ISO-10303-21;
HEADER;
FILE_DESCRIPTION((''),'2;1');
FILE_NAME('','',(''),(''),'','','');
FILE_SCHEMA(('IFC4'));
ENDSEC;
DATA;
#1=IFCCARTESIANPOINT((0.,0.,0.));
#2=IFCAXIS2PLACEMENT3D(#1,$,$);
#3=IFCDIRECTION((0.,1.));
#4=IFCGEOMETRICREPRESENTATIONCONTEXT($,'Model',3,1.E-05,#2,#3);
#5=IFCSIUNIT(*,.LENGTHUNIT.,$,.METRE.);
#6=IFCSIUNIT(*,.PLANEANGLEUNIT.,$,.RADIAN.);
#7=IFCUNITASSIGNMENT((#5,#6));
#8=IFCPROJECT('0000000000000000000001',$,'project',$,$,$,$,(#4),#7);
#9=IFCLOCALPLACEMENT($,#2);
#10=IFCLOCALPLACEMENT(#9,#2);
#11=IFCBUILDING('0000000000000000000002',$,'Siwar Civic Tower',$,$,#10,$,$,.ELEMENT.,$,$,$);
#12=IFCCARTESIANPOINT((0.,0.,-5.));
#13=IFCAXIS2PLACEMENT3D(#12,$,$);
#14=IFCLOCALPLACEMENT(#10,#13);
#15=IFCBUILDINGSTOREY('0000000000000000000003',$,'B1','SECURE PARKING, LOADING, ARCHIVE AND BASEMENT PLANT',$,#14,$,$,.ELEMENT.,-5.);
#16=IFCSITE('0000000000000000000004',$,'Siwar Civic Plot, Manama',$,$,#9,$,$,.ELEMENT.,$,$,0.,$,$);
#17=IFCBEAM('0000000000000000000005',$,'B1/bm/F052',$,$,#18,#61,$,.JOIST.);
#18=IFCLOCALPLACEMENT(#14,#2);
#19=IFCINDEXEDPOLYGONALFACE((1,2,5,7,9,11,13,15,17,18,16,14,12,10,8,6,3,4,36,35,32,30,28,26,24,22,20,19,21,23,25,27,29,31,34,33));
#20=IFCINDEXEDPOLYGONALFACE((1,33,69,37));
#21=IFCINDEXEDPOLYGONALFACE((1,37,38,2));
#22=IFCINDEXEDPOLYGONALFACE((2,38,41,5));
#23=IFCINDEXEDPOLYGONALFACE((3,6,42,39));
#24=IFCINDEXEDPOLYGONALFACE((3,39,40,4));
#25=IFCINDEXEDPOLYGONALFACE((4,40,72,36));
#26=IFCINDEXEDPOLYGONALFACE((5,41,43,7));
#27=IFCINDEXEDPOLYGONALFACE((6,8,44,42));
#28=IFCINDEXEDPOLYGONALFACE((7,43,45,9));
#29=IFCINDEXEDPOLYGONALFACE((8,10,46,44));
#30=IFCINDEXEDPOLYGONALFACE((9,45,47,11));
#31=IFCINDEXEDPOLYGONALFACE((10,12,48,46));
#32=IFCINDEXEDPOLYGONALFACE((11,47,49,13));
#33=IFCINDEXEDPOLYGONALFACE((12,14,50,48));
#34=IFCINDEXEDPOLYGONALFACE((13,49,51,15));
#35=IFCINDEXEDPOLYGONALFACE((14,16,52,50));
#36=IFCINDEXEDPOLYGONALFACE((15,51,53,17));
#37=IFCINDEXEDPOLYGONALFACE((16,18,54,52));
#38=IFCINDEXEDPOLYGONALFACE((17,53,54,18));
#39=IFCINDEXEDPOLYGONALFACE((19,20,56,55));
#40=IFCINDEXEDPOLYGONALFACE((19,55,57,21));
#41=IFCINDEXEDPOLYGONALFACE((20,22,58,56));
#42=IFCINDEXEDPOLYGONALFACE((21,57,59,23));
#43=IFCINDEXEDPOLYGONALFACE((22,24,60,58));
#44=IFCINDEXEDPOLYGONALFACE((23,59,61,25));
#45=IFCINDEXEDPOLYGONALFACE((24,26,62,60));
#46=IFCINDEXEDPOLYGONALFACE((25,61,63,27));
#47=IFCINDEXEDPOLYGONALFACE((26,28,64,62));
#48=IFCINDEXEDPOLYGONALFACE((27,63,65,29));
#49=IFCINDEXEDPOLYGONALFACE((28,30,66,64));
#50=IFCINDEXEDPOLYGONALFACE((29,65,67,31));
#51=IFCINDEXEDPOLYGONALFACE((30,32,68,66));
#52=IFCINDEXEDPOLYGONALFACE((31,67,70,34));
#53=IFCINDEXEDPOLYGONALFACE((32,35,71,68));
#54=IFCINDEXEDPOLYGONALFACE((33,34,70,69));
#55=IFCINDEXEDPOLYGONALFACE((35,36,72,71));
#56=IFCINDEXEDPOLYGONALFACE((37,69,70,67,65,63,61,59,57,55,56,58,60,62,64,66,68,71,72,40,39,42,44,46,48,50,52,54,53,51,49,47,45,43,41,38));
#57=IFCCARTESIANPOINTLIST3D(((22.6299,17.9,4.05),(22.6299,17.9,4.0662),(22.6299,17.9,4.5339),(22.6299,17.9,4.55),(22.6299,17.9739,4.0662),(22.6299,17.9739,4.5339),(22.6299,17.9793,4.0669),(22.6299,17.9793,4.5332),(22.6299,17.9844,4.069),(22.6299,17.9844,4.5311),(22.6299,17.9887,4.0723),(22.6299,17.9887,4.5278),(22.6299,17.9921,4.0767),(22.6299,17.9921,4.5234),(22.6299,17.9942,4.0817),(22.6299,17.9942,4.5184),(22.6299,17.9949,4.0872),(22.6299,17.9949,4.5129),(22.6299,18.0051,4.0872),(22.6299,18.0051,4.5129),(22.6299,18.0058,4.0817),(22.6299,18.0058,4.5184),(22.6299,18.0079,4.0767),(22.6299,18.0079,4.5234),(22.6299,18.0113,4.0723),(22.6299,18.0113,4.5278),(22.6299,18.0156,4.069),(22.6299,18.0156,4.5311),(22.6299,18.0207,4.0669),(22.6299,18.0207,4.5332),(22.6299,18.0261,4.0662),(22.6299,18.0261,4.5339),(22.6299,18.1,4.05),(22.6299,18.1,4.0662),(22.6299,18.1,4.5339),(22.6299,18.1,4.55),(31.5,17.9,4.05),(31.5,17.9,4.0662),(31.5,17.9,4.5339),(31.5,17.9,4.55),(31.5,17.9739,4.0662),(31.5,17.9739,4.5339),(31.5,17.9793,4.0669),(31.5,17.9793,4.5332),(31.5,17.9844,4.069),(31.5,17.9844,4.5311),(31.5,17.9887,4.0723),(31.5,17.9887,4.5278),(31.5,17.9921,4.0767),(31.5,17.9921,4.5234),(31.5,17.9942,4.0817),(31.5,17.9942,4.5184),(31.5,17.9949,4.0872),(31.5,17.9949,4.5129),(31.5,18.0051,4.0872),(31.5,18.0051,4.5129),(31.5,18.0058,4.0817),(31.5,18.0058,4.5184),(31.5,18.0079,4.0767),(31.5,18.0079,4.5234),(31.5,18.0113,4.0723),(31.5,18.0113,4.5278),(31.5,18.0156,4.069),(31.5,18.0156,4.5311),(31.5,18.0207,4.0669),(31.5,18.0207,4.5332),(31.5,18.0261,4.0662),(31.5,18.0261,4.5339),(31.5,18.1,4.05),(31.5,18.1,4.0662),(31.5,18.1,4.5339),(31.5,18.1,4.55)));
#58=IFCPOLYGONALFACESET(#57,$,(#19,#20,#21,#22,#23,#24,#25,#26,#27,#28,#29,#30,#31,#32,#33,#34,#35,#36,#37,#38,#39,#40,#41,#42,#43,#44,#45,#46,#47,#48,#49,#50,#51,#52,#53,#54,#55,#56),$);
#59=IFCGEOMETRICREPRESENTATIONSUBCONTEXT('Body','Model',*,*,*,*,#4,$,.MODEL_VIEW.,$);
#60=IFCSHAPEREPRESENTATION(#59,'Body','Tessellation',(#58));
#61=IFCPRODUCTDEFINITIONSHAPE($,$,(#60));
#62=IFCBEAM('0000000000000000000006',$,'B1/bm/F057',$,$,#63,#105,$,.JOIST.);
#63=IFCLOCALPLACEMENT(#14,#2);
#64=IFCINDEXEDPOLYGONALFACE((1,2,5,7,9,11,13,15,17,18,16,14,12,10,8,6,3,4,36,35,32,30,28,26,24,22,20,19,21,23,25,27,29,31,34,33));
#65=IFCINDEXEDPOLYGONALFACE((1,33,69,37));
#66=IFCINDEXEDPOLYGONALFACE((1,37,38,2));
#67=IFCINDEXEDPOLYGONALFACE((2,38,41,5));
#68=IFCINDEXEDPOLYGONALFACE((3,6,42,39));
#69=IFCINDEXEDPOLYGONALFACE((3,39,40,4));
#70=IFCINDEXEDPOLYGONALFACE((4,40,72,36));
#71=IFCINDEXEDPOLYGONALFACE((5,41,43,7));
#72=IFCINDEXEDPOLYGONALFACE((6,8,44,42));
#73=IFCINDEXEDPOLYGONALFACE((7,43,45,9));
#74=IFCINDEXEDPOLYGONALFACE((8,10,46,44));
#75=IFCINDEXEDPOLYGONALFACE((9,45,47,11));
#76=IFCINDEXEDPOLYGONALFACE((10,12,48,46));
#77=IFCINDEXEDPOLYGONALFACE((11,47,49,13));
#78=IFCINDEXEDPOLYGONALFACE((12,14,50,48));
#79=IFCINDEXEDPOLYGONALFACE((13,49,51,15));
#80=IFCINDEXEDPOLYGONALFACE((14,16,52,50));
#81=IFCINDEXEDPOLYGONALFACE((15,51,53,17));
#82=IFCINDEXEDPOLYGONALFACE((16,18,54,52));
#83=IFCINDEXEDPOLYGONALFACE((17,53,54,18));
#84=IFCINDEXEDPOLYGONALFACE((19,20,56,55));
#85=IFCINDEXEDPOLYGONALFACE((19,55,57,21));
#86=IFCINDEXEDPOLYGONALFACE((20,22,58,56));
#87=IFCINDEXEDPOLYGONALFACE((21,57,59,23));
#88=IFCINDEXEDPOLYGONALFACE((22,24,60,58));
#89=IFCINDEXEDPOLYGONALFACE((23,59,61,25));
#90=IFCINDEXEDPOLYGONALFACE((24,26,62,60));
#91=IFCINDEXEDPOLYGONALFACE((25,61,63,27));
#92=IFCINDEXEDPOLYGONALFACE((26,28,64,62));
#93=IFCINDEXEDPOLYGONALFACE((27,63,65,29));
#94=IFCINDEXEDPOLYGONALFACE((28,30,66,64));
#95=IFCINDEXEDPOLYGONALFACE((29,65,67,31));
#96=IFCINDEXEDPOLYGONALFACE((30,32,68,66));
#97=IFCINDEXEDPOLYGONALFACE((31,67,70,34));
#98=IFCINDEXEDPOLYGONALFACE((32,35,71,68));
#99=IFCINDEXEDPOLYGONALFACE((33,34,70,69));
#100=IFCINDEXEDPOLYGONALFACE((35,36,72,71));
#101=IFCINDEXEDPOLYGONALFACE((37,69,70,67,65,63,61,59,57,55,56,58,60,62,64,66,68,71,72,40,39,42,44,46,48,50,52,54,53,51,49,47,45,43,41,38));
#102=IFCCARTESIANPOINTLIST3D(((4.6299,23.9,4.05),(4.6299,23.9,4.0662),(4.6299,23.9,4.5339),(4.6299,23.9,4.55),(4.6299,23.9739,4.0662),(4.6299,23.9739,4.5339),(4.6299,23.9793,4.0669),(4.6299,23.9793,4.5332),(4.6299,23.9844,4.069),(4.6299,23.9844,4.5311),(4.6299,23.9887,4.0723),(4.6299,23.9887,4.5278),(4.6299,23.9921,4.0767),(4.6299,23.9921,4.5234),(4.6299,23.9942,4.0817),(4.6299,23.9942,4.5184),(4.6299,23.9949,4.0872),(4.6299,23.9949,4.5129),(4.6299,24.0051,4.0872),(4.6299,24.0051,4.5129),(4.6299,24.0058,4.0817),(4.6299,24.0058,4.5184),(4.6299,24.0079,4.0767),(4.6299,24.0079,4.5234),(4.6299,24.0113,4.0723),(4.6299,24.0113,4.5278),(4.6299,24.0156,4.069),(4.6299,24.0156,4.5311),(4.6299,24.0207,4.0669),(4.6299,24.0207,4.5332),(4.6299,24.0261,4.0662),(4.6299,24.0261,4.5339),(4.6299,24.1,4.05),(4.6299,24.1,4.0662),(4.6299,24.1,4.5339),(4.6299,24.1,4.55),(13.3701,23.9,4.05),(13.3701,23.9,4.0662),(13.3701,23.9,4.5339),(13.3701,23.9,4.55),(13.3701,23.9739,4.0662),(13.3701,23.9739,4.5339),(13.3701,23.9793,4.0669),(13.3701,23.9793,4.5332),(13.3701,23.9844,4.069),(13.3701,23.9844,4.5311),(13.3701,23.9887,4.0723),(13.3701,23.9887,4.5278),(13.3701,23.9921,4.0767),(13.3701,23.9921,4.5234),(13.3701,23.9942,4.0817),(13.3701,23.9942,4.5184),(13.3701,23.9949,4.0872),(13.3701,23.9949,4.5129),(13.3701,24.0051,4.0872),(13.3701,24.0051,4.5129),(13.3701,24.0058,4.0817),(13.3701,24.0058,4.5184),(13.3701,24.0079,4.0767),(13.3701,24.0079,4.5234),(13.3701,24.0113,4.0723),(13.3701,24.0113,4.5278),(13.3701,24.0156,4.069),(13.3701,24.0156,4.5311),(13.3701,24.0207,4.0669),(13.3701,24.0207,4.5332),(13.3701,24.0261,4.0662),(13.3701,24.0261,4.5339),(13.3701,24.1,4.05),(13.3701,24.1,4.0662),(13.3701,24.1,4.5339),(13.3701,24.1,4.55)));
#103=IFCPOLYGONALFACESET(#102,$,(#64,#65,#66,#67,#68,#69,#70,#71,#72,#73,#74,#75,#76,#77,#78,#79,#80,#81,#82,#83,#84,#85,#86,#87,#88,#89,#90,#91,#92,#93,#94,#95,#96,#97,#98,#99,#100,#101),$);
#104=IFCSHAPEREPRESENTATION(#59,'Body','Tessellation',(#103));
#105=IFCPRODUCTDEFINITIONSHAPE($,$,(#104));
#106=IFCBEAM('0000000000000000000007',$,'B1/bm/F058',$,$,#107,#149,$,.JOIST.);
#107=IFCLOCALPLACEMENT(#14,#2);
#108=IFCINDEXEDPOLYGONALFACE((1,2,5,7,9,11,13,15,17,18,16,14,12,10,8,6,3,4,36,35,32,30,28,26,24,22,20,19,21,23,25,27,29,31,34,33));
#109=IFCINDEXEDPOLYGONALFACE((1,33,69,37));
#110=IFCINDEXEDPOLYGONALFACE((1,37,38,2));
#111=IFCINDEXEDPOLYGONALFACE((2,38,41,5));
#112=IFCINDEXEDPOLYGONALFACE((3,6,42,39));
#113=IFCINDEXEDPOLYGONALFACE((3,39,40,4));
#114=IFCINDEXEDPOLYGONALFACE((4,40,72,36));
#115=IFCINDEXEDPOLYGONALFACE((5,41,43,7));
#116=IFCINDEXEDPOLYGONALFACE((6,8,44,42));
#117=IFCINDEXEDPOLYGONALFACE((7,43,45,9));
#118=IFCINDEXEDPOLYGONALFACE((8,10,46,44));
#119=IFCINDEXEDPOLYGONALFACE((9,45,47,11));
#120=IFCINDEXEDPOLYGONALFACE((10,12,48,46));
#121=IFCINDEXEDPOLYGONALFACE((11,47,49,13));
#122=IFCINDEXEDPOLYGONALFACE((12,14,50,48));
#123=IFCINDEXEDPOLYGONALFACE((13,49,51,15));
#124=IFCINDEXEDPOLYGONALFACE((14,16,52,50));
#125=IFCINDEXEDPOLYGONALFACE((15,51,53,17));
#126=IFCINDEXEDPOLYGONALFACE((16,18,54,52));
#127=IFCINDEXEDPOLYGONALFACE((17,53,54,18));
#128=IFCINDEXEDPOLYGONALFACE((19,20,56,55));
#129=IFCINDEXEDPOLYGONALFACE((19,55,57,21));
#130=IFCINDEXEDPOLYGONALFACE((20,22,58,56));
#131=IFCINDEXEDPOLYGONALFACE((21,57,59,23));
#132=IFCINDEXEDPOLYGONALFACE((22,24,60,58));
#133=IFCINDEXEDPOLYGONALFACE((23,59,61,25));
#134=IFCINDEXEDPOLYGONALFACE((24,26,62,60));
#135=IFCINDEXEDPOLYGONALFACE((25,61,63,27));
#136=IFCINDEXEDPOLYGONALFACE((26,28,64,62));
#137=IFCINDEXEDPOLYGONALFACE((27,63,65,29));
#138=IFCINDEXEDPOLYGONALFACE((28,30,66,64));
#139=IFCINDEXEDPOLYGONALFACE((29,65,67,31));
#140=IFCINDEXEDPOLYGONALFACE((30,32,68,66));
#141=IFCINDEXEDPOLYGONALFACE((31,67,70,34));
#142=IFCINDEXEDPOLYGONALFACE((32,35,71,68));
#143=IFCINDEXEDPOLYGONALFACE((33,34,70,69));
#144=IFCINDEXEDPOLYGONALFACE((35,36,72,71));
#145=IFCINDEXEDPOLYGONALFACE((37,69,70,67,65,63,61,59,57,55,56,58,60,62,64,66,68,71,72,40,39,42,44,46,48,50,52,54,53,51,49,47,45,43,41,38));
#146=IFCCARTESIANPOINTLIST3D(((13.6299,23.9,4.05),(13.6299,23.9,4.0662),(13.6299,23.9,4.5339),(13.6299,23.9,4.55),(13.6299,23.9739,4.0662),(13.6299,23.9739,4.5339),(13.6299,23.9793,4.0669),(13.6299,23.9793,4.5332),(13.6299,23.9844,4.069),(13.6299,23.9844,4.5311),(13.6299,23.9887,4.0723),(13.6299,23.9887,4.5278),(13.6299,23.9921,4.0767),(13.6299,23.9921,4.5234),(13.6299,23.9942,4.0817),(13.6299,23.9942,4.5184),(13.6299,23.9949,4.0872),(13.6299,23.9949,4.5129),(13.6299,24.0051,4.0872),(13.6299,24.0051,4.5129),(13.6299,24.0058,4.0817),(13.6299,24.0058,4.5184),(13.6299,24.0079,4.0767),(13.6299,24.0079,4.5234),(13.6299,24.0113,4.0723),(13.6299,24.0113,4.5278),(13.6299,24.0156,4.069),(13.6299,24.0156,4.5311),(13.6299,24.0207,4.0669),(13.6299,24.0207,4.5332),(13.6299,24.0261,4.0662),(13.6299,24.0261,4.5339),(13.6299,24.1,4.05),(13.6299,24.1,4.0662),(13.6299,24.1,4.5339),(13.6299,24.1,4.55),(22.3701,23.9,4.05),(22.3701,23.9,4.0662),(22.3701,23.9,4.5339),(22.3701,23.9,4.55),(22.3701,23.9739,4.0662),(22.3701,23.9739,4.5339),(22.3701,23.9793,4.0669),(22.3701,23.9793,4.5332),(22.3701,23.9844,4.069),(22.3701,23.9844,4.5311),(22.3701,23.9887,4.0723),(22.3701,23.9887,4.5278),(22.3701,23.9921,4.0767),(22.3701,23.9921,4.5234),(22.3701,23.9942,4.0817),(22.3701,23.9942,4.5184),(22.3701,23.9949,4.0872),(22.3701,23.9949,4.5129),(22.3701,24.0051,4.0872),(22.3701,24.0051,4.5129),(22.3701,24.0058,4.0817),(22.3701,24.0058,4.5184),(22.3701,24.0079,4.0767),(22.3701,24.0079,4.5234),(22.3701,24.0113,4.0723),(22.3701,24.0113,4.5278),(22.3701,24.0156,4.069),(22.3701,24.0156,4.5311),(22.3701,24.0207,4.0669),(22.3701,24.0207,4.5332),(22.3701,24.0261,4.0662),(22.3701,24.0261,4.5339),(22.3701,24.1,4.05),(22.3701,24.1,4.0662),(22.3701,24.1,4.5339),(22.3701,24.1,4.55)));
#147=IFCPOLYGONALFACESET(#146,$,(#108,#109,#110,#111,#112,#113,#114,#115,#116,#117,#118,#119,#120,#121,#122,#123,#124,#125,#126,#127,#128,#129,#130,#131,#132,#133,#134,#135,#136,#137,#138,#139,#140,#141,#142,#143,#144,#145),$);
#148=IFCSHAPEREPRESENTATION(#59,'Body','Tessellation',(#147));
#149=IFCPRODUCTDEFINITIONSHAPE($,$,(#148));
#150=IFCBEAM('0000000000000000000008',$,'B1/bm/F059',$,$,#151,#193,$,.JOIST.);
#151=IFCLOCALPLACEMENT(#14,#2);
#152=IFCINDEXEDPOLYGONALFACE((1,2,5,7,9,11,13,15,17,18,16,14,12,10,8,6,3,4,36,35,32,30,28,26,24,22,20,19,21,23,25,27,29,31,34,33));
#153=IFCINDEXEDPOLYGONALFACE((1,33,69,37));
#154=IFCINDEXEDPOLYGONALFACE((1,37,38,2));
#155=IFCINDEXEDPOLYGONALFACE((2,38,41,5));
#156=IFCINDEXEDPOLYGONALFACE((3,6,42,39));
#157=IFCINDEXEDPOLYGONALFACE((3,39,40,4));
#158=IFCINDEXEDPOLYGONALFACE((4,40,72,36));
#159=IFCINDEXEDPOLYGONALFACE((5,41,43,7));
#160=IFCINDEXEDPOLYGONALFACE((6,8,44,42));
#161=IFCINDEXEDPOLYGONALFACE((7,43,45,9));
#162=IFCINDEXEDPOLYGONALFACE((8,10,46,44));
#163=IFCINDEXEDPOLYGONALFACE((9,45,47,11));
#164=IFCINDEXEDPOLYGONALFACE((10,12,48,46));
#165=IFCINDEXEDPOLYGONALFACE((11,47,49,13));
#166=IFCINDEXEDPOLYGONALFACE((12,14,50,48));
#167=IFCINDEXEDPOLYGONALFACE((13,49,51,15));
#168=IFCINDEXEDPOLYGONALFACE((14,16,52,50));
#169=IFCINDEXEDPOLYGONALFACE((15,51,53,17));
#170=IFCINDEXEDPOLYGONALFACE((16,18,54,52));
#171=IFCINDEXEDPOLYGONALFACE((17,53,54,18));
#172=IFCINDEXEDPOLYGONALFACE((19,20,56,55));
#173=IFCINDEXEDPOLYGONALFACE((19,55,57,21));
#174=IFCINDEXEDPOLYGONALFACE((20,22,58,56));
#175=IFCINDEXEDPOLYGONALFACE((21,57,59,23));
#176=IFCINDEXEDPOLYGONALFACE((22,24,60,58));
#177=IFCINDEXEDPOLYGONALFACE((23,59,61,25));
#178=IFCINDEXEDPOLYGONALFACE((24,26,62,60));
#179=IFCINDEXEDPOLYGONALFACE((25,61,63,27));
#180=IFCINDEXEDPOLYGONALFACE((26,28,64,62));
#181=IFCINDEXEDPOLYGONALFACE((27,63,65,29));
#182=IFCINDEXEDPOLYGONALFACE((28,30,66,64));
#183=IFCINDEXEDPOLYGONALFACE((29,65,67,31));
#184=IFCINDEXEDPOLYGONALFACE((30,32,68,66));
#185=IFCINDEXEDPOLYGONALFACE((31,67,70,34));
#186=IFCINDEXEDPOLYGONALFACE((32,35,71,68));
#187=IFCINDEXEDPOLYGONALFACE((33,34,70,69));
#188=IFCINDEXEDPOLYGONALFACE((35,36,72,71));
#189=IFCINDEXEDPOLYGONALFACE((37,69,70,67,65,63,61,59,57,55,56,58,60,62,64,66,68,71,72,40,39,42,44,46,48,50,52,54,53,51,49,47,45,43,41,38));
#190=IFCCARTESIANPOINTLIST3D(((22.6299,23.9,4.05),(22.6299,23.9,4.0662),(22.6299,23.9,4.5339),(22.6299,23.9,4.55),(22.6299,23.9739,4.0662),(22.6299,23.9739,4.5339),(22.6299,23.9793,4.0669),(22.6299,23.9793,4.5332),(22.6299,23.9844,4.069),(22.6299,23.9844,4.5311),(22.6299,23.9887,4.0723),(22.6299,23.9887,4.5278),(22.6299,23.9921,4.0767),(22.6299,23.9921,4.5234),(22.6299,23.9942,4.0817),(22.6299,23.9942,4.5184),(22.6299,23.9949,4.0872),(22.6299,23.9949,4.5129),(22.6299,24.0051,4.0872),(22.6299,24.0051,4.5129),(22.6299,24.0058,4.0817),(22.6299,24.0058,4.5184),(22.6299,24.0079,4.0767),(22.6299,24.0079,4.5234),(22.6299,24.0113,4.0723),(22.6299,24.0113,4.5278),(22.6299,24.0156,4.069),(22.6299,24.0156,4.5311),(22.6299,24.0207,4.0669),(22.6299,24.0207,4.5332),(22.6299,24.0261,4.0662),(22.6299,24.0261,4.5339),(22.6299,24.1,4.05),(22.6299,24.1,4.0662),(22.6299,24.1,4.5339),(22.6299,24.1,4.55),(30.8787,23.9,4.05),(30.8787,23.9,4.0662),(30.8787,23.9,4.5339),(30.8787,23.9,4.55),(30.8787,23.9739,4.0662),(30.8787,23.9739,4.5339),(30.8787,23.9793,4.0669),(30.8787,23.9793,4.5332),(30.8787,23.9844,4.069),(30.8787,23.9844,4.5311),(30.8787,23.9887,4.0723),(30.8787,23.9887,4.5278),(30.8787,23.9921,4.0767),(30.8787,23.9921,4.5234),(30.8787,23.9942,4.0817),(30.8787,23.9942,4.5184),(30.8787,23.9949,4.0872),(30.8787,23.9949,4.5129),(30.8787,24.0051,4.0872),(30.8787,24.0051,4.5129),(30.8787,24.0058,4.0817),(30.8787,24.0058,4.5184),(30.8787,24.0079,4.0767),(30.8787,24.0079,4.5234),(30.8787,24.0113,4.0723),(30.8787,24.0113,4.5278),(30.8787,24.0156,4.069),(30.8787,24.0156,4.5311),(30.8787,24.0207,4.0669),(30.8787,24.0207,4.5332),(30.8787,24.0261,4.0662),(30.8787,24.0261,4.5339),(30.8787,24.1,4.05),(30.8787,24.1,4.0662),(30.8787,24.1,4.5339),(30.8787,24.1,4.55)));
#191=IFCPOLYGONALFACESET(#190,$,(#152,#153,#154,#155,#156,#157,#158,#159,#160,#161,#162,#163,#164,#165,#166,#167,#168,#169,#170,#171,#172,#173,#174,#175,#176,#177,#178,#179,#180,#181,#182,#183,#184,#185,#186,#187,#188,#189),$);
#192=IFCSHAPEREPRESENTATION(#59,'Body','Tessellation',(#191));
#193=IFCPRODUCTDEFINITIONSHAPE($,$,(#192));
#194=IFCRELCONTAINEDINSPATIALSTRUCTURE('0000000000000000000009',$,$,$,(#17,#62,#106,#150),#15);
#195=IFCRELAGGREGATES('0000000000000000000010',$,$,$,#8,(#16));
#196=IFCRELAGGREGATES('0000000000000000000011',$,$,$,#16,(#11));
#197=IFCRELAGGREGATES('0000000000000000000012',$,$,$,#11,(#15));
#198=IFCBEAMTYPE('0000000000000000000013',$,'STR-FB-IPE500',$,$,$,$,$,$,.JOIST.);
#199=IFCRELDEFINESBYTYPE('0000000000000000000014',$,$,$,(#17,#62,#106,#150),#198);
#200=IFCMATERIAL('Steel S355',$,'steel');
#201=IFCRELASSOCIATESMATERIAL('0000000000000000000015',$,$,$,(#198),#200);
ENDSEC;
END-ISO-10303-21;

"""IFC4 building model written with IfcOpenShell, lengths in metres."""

from ifc_helpers import new_model, si_unit, direction, frame, origin, origin_2d, place, context, subcontext, project, spatial, i_section, extrude, material, material_profile, profile_set, type_object, element, save


model = new_model("IFC4")

# Units and contexts
model_context = context("Model", 3, precision=1e-05, world=origin(), true_north=direction((0.0, 1.0)))
body_context = subcontext(model_context, "Body", "Model", "MODEL_VIEW")
ifc_project = project(units=[si_unit("LENGTHUNIT", "METRE"), si_unit("PLANEANGLEUNIT", "RADIAN")], contexts=[model_context])

# Site, building, storey
site_placement = place(None, origin())
site = spatial("IfcSite", under=ifc_project, at=site_placement, Name="Siwar Civic Plot, Manama", CompositionType="ELEMENT", RefElevation=0.0)
building_placement = place(site_placement, origin())
building = spatial("IfcBuilding", under=site, at=building_placement, Name="Siwar Civic Tower", CompositionType="ELEMENT")
storey_placement = place(building_placement, frame((0.0, 0.0, -5.0)))
storey = spatial("IfcBuildingStorey", under=building, at=storey_placement, Name="B1", Description="SECURE PARKING, LOADING, ARCHIVE AND BASEMENT PLANT", CompositionType="ELEMENT", Elevation=-5.0)

# Beams
ifc_material_1 = material(Name="Steel S355", Category="steel")
ifc_material_profile_1 = material_profile(ifc_material_1, i_section(OverallWidth=0.2, OverallDepth=0.5, WebThickness=0.0103, FlangeThickness=0.0161, FilletRadius=0.021, at=origin_2d()), Name="IPE500")
ifc_profile_set_1 = profile_set([ifc_material_profile_1], Name="Steel S355")
beam_type_1 = type_object("IfcBeamType", Name="STR-FB-IPE500", PredefinedType="JOIST", material=ifc_profile_set_1)
beam_1_placement = place(storey_placement, frame((22.6299, 18.0, 4.3), z_axis=(1.0, 0.0, 0.0), x_axis=(0.0, 1.0, 0.0)))
element("IfcBeam", 1, at=beam_1_placement, inside=storey, type_object=beam_type_1, Name="B1/bm/F052", PredefinedType="JOIST", context=body_context, shape_type="SweptSolid", body=[
    extrude(i_section(OverallWidth=0.2, OverallDepth=0.5, WebThickness=0.0103, FlangeThickness=0.0161, FilletRadius=0.021, at=origin_2d()), origin(), (0.0, 0.0, 1.0), 8.8701),
])
for number, where, z_axis, x_axis, name in (
    (2, (4.6299, 24.0, 4.3), (1.0, 0.0, 0.0), (0.0, 1.0, 0.0), "B1/bm/F057"),
    (3, (13.6299, 24.0, 4.3), (1.0, 0.0, 0.0), (0.0, 1.0, 0.0), "B1/bm/F058"),
):
    element("IfcBeam", number, at=place(storey_placement, frame(where, z_axis=z_axis, x_axis=x_axis)), inside=storey, type_object=beam_type_1, Name=name, PredefinedType="JOIST", context=body_context, shape_type="SweptSolid", body=[
        extrude(i_section(OverallWidth=0.2, OverallDepth=0.5, WebThickness=0.0103, FlangeThickness=0.0161, FilletRadius=0.021, at=origin_2d()), origin(), (0.0, 0.0, 1.0), 8.7402),
    ])
beam_2_placement = place(storey_placement, frame((22.6299, 24.0, 4.3), z_axis=(1.0, 0.0, 0.0), x_axis=(0.0, 1.0, 0.0)))
element("IfcBeam", 4, at=beam_2_placement, inside=storey, type_object=beam_type_1, Name="B1/bm/F059", PredefinedType="JOIST", context=body_context, shape_type="SweptSolid", body=[
    extrude(i_section(OverallWidth=0.2, OverallDepth=0.5, WebThickness=0.0103, FlangeThickness=0.0161, FilletRadius=0.021, at=origin_2d()), origin(), (0.0, 0.0, 1.0), 8.2488),
])

save(model, "model.ifc")
